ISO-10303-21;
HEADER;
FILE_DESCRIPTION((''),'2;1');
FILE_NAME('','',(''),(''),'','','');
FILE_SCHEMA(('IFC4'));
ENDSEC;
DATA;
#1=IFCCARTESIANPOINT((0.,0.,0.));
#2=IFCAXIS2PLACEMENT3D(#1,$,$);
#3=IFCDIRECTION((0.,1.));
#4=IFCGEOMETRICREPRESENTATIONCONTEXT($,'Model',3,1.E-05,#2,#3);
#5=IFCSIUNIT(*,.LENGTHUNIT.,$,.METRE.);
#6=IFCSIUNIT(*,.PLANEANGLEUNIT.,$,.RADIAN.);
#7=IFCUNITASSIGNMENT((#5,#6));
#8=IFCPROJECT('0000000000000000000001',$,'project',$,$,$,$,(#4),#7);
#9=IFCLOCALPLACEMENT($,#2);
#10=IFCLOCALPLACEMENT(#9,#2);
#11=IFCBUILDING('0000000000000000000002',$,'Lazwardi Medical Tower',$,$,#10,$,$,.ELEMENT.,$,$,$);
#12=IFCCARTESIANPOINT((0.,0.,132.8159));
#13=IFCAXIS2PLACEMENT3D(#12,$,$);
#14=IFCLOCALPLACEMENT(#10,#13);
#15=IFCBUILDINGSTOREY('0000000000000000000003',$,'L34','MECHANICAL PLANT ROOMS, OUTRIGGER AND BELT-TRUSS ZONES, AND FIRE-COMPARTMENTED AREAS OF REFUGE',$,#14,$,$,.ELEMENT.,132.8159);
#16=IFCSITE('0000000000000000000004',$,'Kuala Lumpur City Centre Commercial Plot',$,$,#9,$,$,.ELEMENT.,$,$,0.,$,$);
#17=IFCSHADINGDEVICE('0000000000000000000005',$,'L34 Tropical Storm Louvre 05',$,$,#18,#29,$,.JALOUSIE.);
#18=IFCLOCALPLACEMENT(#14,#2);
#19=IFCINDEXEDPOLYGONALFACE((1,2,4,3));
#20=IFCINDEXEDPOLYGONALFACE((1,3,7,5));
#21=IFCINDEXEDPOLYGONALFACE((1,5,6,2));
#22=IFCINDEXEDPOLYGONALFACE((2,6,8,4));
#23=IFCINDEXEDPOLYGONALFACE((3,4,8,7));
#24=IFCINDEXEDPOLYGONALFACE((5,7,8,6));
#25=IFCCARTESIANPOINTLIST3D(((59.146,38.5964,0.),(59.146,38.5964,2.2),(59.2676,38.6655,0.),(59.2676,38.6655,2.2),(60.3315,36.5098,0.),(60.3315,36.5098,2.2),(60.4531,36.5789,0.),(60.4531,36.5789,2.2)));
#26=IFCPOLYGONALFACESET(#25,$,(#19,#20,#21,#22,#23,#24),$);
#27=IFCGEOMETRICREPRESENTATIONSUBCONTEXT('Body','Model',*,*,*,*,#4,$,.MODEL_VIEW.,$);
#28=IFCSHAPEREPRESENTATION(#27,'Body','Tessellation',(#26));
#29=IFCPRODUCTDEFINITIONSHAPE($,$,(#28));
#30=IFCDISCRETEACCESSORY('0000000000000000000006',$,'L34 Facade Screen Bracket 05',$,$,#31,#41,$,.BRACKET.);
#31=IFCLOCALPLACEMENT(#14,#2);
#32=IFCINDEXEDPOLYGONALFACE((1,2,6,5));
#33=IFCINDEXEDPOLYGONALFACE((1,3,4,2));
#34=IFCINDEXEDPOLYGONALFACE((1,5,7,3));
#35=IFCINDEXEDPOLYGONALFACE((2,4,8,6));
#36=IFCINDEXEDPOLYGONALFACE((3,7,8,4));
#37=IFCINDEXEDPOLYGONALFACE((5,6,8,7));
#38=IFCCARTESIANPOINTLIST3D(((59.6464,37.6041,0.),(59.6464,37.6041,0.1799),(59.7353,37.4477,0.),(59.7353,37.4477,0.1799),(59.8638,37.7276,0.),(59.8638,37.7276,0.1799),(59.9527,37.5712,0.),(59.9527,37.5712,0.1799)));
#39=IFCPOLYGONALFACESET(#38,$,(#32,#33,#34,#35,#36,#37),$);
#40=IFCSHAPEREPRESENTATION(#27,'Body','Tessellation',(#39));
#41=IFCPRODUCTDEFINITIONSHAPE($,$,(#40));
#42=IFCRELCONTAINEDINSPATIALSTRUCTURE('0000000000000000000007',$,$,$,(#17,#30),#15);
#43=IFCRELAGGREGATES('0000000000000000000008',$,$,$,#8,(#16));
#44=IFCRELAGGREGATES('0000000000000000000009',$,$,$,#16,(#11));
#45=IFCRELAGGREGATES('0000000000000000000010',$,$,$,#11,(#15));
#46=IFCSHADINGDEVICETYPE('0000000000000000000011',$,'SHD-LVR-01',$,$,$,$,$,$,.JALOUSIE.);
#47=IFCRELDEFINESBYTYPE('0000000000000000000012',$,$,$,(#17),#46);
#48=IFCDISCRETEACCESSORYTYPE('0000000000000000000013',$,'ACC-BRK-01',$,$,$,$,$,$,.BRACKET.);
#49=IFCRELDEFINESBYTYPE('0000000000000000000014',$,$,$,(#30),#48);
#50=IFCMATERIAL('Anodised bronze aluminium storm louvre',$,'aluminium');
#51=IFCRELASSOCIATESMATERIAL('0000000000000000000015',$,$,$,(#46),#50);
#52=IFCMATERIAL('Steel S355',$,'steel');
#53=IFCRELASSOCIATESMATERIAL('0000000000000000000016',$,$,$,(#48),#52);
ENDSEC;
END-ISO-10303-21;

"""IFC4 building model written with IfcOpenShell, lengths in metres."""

from ifc_helpers import new_model, si_unit, direction, frame, origin, origin_2d, place, context, subcontext, project, spatial, rectangle, extrude, material, type_object, element, save


model = new_model("IFC4")

# Units and contexts
model_context = context("Model", 3, precision=1e-05, world=origin(), true_north=direction((0.0, 1.0)))
body_context = subcontext(model_context, "Body", "Model", "MODEL_VIEW")
ifc_project = project(units=[si_unit("LENGTHUNIT", "METRE"), si_unit("PLANEANGLEUNIT", "RADIAN")], contexts=[model_context])

# Site, building, storey
site_placement = place(None, origin())
site = spatial("IfcSite", under=ifc_project, at=site_placement, Name="Kuala Lumpur City Centre Commercial Plot", CompositionType="ELEMENT", RefElevation=0.0)
building_placement = place(site_placement, origin())
building = spatial("IfcBuilding", under=site, at=building_placement, Name="Lazwardi Medical Tower", CompositionType="ELEMENT")
storey_placement = place(building_placement, frame((0.0, 0.0, 132.8159)))
storey = spatial("IfcBuildingStorey", under=building, at=storey_placement, Name="L34", Description="MECHANICAL PLANT ROOMS, OUTRIGGER AND BELT-TRUSS ZONES, AND FIRE-COMPARTMENTED AREAS OF REFUGE", CompositionType="ELEMENT", Elevation=132.8159)

# Shared definitions
ifc_material_1 = material(Name="Steel S355", Category="steel")

# Shading device
ifc_material_2 = material(Name="Anodised bronze aluminium storm louvre", Category="aluminium")
shading_device_type = type_object("IfcShadingDeviceType", Name="SHD-LVR-01", PredefinedType="JALOUSIE", material=ifc_material_2)
shading_device_placement = place(storey_placement, frame((59.7996, 37.5876, 0.0), z_axis=(0.0, 0.0, 1.0), x_axis=(-0.493968, 0.86948, 0.0)))
element("IfcShadingDevice", 1, at=shading_device_placement, inside=storey, type_object=shading_device_type, Name="L34 Tropical Storm Louvre 05", PredefinedType="JALOUSIE", context=body_context, shape_type="SweptSolid", body=[
    extrude(rectangle(XDim=2.3999, YDim=0.1399, at=origin_2d()), origin(), (0.0, 0.0, 1.0), 2.2),
])

# Discrete accessory
discrete_accessory_type = type_object("IfcDiscreteAccessoryType", Name="ACC-BRK-01", PredefinedType="BRACKET", material=ifc_material_1)
discrete_accessory_placement = place(storey_placement, frame((59.7996, 37.5876, 0.0), z_axis=(0.0, 0.0, 1.0), x_axis=(-0.493968, 0.86948, 0.0)))
element("IfcDiscreteAccessory", 2, at=discrete_accessory_placement, inside=storey, type_object=discrete_accessory_type, Name="L34 Facade Screen Bracket 05", PredefinedType="BRACKET", context=body_context, shape_type="SweptSolid", body=[
    extrude(rectangle(XDim=0.1799, YDim=0.25, at=origin_2d()), origin(), (0.0, 0.0, 1.0), 0.1799),
])

save(model, "model.ifc")
